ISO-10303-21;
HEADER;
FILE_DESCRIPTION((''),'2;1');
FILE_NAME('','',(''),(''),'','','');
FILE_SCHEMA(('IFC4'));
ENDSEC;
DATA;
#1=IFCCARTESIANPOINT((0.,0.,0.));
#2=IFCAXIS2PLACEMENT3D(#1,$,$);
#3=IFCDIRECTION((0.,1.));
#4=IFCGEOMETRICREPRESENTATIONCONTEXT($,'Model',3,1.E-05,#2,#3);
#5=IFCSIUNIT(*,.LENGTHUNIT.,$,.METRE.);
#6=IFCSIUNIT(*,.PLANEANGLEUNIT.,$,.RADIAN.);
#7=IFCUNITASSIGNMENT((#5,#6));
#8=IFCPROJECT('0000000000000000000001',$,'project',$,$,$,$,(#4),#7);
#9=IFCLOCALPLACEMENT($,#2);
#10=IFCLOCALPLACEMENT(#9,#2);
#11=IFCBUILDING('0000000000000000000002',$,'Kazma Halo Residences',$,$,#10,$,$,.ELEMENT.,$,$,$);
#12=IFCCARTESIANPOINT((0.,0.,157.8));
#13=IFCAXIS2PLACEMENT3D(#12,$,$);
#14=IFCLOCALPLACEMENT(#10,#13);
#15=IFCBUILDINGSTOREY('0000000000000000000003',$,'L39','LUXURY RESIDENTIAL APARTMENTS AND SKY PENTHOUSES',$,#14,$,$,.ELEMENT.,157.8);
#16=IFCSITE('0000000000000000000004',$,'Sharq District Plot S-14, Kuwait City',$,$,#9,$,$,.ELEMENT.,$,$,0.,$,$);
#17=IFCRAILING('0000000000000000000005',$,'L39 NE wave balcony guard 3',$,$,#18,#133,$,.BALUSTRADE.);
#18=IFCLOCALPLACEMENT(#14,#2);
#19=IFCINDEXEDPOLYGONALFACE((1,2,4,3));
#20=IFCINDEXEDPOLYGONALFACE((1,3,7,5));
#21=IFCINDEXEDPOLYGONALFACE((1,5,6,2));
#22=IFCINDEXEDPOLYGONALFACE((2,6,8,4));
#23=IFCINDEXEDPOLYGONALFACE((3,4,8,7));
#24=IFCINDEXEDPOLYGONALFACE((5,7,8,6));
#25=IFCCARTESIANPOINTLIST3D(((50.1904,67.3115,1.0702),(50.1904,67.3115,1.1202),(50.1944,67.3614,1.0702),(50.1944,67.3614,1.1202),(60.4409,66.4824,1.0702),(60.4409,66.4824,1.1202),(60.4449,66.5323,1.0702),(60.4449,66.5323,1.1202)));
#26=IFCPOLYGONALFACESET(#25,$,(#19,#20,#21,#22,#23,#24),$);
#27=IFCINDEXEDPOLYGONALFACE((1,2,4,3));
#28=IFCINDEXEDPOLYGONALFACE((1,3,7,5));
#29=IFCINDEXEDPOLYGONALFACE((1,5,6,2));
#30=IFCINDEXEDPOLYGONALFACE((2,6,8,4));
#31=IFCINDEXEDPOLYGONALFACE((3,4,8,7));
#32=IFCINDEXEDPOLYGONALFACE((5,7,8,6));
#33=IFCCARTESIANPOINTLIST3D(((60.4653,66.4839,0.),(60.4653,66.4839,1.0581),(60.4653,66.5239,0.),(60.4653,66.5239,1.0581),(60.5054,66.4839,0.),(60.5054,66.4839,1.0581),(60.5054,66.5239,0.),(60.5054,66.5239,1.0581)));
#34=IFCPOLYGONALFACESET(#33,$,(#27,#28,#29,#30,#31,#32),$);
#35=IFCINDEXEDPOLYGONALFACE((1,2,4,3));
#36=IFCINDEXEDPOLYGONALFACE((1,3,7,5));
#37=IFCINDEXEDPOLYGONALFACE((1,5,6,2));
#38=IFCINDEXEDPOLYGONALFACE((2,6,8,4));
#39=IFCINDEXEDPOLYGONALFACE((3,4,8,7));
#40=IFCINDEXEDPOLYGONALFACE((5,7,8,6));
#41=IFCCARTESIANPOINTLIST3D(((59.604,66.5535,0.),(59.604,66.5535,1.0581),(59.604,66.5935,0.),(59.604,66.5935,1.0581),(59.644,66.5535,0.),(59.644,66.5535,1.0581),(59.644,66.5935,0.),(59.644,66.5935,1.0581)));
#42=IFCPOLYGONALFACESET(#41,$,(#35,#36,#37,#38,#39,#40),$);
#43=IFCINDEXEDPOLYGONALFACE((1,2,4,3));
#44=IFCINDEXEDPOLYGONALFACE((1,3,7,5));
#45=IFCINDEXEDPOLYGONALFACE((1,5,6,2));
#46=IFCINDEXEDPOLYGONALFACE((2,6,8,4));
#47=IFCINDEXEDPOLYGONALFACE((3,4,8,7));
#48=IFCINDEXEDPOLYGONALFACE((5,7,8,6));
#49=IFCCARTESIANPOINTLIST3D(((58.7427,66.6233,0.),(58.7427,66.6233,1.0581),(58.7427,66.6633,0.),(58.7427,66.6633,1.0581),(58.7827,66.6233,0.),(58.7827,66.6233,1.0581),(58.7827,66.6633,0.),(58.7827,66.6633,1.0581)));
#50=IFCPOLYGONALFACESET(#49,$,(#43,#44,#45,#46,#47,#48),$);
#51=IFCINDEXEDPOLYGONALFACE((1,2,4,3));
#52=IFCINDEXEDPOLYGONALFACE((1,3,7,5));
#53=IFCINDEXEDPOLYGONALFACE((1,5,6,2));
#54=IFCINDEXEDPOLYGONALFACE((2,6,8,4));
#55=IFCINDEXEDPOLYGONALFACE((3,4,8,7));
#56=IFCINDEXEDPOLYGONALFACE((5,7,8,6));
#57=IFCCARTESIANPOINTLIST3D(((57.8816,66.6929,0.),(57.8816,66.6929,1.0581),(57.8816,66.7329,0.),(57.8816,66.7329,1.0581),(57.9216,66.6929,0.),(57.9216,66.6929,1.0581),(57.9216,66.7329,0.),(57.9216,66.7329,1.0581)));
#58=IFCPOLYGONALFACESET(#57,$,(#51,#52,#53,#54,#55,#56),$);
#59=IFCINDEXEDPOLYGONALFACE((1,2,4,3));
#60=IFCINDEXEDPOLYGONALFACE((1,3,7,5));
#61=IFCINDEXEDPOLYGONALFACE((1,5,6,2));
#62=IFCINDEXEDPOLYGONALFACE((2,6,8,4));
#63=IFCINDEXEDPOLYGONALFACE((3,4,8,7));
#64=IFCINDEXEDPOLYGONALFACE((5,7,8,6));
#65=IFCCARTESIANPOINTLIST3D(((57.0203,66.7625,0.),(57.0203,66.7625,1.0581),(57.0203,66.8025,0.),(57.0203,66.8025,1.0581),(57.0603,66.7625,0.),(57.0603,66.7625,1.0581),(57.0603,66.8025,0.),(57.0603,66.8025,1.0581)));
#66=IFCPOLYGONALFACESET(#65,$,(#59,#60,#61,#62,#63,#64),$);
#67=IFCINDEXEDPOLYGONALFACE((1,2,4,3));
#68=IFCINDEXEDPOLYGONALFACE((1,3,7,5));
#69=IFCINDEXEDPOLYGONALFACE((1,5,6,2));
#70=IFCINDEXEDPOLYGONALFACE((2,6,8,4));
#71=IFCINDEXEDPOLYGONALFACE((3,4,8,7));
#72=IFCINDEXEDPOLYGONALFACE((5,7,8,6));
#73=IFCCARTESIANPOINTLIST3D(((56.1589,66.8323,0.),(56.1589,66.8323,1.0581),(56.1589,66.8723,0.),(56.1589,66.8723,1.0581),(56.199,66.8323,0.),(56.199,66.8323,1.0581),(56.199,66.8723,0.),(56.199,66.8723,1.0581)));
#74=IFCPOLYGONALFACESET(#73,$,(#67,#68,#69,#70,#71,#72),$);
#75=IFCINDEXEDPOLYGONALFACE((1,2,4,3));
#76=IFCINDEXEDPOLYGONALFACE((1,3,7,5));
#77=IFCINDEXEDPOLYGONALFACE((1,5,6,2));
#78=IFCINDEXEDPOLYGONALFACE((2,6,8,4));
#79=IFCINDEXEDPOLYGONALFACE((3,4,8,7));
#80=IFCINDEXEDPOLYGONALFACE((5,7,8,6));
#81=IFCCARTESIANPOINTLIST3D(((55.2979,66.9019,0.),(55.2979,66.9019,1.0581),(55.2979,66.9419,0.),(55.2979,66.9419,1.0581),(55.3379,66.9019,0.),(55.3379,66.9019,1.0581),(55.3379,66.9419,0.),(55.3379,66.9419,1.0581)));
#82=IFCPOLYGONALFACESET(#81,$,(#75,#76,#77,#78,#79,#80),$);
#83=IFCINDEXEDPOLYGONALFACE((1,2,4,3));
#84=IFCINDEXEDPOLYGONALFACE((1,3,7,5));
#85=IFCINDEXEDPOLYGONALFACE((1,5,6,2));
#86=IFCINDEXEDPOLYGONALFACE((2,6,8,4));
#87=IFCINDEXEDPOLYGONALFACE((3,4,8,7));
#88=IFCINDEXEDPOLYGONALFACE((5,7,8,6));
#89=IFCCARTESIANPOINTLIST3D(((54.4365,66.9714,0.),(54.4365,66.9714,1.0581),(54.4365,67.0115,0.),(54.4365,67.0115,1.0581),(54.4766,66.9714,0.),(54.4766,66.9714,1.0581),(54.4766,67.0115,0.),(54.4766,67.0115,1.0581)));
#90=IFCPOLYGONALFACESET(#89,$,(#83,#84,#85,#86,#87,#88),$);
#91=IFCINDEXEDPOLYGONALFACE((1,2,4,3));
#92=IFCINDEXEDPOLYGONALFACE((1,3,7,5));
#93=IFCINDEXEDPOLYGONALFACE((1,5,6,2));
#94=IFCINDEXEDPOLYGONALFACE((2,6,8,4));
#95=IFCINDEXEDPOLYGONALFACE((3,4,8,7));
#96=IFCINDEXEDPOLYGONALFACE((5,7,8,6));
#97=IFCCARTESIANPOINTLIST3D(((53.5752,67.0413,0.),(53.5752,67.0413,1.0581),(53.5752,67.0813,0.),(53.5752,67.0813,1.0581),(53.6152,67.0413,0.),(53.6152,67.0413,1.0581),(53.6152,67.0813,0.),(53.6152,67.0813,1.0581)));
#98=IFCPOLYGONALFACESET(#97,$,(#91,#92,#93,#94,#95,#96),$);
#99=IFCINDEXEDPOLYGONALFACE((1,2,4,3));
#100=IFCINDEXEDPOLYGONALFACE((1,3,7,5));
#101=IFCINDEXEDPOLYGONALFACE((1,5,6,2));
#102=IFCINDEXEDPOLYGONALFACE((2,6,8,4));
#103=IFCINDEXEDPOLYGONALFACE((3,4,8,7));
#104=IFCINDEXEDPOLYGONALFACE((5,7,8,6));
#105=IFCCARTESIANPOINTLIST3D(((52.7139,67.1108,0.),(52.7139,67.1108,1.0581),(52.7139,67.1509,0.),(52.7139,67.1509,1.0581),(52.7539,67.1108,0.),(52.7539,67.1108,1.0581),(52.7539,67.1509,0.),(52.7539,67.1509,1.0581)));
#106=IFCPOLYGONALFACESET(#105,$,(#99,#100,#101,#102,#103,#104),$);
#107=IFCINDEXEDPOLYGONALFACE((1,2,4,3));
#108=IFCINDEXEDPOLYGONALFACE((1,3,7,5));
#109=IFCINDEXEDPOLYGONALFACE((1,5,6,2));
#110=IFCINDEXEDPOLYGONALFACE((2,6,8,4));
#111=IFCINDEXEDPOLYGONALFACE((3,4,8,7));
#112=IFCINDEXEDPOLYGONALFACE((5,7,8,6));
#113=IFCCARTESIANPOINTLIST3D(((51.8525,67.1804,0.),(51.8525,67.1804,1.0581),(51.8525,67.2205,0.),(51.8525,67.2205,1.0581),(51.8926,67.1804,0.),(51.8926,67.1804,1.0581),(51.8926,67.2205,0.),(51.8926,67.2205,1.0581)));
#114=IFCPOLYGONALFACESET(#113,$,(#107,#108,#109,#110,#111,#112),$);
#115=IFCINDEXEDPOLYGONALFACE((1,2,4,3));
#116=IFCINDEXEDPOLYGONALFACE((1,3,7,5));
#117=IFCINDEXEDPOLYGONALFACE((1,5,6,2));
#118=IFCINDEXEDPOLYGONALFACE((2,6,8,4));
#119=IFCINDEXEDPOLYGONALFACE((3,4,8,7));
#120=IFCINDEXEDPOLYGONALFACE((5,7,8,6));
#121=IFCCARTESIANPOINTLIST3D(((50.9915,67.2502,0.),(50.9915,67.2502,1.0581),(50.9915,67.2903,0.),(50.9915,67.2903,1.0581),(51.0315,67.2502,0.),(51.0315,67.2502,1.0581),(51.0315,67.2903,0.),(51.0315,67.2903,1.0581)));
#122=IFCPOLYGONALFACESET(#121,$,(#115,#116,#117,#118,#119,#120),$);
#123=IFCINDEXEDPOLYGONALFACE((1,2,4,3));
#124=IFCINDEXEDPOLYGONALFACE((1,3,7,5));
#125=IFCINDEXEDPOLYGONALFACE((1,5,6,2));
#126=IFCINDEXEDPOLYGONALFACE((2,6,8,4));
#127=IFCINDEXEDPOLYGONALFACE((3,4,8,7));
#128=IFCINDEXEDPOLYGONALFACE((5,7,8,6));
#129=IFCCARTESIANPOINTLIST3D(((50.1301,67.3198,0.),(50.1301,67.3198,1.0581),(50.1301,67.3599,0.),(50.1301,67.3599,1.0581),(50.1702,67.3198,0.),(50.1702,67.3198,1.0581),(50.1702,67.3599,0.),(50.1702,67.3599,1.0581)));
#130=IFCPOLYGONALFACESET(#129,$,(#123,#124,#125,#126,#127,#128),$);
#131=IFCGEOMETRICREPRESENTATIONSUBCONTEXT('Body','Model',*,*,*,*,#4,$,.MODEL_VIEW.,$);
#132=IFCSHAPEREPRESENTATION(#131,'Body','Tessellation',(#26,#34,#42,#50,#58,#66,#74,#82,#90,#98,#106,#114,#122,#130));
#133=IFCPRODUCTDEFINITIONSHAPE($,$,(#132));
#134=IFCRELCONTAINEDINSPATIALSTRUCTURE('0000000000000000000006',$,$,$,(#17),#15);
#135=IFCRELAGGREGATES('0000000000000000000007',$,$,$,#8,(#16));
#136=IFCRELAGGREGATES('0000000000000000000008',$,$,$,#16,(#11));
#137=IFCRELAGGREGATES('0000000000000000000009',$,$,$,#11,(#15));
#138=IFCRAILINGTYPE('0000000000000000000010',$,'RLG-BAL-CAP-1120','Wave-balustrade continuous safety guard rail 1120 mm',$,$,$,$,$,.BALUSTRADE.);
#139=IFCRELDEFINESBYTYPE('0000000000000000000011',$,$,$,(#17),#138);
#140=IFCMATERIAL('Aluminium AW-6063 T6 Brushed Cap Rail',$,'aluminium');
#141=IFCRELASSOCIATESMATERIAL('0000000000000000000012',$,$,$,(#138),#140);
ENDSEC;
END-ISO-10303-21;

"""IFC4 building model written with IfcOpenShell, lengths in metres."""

from ifc_helpers import new_model, si_unit, direction, frame, origin, origin_2d, place, context, subcontext, project, spatial, rectangle, extrude, material, type_object, element, save


model = new_model("IFC4")

# Units and contexts
model_context = context("Model", 3, precision=1e-05, world=origin(), true_north=direction((0.0, 1.0)))
body_context = subcontext(model_context, "Body", "Model", "MODEL_VIEW")
ifc_project = project(units=[si_unit("LENGTHUNIT", "METRE"), si_unit("PLANEANGLEUNIT", "RADIAN")], contexts=[model_context])

# Site, building, storey
site_placement = place(None, origin())
site = spatial("IfcSite", under=ifc_project, at=site_placement, Name="Sharq District Plot S-14, Kuwait City", CompositionType="ELEMENT", RefElevation=0.0)
building_placement = place(site_placement, origin())
building = spatial("IfcBuilding", under=site, at=building_placement, Name="Kazma Halo Residences", CompositionType="ELEMENT")
storey_placement = place(building_placement, frame((0.0, 0.0, 157.8)))
storey = spatial("IfcBuildingStorey", under=building, at=storey_placement, Name="L39", Description="LUXURY RESIDENTIAL APARTMENTS AND SKY PENTHOUSES", CompositionType="ELEMENT", Elevation=157.8)

# Railing
ifc_material_1 = material(Name="Aluminium AW-6063 T6 Brushed Cap Rail", Category="aluminium")
railing_type = type_object("IfcRailingType", Name="RLG-BAL-CAP-1120", Description="Wave-balustrade continuous safety guard rail 1120 mm", PredefinedType="BALUSTRADE", material=ifc_material_1)
railing_1_placement = place(storey_placement, frame((60.4854, 66.5039, 0.0)))
element("IfcRailing", 1, at=railing_1_placement, inside=storey, type_object=railing_type, Name="L39 NE wave balcony guard 3", PredefinedType="BALUSTRADE", context=body_context, shape_type="SweptSolid", body=[
    extrude(rectangle(XDim=0.05, YDim=0.05, at=origin_2d()), frame((-0.0425, 0.0034, 1.0952), z_axis=(-0.996745, 0.080619, 0.0), x_axis=(-0.080619, -0.996745, 0.0)), (0.0, 0.0, 1.0), 10.2839),
    extrude(rectangle(XDim=0.04, YDim=0.04, at=origin_2d()), origin(), (0.0, 0.0, 1.0), 1.0581),
    extrude(rectangle(XDim=0.04, YDim=0.04, at=origin_2d()), frame((-0.8613, 0.0696, 0.0)), (0.0, 0.0, 1.0), 1.0581),
    extrude(rectangle(XDim=0.04, YDim=0.04, at=origin_2d()), frame((-1.7227, 0.1394, 0.0)), (0.0, 0.0, 1.0), 1.0581),
    extrude(rectangle(XDim=0.04, YDim=0.04, at=origin_2d()), frame((-2.5837, 0.209, 0.0)), (0.0, 0.0, 1.0), 1.0581),
    extrude(rectangle(XDim=0.04, YDim=0.04, at=origin_2d()), frame((-3.4451, 0.2786, 0.0)), (0.0, 0.0, 1.0), 1.0581),
    extrude(rectangle(XDim=0.04, YDim=0.04, at=origin_2d()), frame((-4.3064, 0.3484, 0.0)), (0.0, 0.0, 1.0), 1.0581),
    extrude(rectangle(XDim=0.04, YDim=0.04, at=origin_2d()), frame((-5.1675, 0.418, 0.0)), (0.0, 0.0, 1.0), 1.0581),
    extrude(rectangle(XDim=0.04, YDim=0.04, at=origin_2d()), frame((-6.0288, 0.4875, 0.0)), (0.0, 0.0, 1.0), 1.0581),
    extrude(rectangle(XDim=0.04, YDim=0.04, at=origin_2d()), frame((-6.8901, 0.5574, 0.0)), (0.0, 0.0, 1.0), 1.0581),
    extrude(rectangle(XDim=0.04, YDim=0.04, at=origin_2d()), frame((-7.7515, 0.627, 0.0)), (0.0, 0.0, 1.0), 1.0581),
    extrude(rectangle(XDim=0.04, YDim=0.04, at=origin_2d()), frame((-8.6128, 0.6965, 0.0)), (0.0, 0.0, 1.0), 1.0581),
    extrude(rectangle(XDim=0.04, YDim=0.04, at=origin_2d()), frame((-9.4739, 0.7664, 0.0)), (0.0, 0.0, 1.0), 1.0581),
    extrude(rectangle(XDim=0.04, YDim=0.04, at=origin_2d()), frame((-10.3352, 0.8359, 0.0)), (0.0, 0.0, 1.0), 1.0581),
])

save(model, "model.ifc")
